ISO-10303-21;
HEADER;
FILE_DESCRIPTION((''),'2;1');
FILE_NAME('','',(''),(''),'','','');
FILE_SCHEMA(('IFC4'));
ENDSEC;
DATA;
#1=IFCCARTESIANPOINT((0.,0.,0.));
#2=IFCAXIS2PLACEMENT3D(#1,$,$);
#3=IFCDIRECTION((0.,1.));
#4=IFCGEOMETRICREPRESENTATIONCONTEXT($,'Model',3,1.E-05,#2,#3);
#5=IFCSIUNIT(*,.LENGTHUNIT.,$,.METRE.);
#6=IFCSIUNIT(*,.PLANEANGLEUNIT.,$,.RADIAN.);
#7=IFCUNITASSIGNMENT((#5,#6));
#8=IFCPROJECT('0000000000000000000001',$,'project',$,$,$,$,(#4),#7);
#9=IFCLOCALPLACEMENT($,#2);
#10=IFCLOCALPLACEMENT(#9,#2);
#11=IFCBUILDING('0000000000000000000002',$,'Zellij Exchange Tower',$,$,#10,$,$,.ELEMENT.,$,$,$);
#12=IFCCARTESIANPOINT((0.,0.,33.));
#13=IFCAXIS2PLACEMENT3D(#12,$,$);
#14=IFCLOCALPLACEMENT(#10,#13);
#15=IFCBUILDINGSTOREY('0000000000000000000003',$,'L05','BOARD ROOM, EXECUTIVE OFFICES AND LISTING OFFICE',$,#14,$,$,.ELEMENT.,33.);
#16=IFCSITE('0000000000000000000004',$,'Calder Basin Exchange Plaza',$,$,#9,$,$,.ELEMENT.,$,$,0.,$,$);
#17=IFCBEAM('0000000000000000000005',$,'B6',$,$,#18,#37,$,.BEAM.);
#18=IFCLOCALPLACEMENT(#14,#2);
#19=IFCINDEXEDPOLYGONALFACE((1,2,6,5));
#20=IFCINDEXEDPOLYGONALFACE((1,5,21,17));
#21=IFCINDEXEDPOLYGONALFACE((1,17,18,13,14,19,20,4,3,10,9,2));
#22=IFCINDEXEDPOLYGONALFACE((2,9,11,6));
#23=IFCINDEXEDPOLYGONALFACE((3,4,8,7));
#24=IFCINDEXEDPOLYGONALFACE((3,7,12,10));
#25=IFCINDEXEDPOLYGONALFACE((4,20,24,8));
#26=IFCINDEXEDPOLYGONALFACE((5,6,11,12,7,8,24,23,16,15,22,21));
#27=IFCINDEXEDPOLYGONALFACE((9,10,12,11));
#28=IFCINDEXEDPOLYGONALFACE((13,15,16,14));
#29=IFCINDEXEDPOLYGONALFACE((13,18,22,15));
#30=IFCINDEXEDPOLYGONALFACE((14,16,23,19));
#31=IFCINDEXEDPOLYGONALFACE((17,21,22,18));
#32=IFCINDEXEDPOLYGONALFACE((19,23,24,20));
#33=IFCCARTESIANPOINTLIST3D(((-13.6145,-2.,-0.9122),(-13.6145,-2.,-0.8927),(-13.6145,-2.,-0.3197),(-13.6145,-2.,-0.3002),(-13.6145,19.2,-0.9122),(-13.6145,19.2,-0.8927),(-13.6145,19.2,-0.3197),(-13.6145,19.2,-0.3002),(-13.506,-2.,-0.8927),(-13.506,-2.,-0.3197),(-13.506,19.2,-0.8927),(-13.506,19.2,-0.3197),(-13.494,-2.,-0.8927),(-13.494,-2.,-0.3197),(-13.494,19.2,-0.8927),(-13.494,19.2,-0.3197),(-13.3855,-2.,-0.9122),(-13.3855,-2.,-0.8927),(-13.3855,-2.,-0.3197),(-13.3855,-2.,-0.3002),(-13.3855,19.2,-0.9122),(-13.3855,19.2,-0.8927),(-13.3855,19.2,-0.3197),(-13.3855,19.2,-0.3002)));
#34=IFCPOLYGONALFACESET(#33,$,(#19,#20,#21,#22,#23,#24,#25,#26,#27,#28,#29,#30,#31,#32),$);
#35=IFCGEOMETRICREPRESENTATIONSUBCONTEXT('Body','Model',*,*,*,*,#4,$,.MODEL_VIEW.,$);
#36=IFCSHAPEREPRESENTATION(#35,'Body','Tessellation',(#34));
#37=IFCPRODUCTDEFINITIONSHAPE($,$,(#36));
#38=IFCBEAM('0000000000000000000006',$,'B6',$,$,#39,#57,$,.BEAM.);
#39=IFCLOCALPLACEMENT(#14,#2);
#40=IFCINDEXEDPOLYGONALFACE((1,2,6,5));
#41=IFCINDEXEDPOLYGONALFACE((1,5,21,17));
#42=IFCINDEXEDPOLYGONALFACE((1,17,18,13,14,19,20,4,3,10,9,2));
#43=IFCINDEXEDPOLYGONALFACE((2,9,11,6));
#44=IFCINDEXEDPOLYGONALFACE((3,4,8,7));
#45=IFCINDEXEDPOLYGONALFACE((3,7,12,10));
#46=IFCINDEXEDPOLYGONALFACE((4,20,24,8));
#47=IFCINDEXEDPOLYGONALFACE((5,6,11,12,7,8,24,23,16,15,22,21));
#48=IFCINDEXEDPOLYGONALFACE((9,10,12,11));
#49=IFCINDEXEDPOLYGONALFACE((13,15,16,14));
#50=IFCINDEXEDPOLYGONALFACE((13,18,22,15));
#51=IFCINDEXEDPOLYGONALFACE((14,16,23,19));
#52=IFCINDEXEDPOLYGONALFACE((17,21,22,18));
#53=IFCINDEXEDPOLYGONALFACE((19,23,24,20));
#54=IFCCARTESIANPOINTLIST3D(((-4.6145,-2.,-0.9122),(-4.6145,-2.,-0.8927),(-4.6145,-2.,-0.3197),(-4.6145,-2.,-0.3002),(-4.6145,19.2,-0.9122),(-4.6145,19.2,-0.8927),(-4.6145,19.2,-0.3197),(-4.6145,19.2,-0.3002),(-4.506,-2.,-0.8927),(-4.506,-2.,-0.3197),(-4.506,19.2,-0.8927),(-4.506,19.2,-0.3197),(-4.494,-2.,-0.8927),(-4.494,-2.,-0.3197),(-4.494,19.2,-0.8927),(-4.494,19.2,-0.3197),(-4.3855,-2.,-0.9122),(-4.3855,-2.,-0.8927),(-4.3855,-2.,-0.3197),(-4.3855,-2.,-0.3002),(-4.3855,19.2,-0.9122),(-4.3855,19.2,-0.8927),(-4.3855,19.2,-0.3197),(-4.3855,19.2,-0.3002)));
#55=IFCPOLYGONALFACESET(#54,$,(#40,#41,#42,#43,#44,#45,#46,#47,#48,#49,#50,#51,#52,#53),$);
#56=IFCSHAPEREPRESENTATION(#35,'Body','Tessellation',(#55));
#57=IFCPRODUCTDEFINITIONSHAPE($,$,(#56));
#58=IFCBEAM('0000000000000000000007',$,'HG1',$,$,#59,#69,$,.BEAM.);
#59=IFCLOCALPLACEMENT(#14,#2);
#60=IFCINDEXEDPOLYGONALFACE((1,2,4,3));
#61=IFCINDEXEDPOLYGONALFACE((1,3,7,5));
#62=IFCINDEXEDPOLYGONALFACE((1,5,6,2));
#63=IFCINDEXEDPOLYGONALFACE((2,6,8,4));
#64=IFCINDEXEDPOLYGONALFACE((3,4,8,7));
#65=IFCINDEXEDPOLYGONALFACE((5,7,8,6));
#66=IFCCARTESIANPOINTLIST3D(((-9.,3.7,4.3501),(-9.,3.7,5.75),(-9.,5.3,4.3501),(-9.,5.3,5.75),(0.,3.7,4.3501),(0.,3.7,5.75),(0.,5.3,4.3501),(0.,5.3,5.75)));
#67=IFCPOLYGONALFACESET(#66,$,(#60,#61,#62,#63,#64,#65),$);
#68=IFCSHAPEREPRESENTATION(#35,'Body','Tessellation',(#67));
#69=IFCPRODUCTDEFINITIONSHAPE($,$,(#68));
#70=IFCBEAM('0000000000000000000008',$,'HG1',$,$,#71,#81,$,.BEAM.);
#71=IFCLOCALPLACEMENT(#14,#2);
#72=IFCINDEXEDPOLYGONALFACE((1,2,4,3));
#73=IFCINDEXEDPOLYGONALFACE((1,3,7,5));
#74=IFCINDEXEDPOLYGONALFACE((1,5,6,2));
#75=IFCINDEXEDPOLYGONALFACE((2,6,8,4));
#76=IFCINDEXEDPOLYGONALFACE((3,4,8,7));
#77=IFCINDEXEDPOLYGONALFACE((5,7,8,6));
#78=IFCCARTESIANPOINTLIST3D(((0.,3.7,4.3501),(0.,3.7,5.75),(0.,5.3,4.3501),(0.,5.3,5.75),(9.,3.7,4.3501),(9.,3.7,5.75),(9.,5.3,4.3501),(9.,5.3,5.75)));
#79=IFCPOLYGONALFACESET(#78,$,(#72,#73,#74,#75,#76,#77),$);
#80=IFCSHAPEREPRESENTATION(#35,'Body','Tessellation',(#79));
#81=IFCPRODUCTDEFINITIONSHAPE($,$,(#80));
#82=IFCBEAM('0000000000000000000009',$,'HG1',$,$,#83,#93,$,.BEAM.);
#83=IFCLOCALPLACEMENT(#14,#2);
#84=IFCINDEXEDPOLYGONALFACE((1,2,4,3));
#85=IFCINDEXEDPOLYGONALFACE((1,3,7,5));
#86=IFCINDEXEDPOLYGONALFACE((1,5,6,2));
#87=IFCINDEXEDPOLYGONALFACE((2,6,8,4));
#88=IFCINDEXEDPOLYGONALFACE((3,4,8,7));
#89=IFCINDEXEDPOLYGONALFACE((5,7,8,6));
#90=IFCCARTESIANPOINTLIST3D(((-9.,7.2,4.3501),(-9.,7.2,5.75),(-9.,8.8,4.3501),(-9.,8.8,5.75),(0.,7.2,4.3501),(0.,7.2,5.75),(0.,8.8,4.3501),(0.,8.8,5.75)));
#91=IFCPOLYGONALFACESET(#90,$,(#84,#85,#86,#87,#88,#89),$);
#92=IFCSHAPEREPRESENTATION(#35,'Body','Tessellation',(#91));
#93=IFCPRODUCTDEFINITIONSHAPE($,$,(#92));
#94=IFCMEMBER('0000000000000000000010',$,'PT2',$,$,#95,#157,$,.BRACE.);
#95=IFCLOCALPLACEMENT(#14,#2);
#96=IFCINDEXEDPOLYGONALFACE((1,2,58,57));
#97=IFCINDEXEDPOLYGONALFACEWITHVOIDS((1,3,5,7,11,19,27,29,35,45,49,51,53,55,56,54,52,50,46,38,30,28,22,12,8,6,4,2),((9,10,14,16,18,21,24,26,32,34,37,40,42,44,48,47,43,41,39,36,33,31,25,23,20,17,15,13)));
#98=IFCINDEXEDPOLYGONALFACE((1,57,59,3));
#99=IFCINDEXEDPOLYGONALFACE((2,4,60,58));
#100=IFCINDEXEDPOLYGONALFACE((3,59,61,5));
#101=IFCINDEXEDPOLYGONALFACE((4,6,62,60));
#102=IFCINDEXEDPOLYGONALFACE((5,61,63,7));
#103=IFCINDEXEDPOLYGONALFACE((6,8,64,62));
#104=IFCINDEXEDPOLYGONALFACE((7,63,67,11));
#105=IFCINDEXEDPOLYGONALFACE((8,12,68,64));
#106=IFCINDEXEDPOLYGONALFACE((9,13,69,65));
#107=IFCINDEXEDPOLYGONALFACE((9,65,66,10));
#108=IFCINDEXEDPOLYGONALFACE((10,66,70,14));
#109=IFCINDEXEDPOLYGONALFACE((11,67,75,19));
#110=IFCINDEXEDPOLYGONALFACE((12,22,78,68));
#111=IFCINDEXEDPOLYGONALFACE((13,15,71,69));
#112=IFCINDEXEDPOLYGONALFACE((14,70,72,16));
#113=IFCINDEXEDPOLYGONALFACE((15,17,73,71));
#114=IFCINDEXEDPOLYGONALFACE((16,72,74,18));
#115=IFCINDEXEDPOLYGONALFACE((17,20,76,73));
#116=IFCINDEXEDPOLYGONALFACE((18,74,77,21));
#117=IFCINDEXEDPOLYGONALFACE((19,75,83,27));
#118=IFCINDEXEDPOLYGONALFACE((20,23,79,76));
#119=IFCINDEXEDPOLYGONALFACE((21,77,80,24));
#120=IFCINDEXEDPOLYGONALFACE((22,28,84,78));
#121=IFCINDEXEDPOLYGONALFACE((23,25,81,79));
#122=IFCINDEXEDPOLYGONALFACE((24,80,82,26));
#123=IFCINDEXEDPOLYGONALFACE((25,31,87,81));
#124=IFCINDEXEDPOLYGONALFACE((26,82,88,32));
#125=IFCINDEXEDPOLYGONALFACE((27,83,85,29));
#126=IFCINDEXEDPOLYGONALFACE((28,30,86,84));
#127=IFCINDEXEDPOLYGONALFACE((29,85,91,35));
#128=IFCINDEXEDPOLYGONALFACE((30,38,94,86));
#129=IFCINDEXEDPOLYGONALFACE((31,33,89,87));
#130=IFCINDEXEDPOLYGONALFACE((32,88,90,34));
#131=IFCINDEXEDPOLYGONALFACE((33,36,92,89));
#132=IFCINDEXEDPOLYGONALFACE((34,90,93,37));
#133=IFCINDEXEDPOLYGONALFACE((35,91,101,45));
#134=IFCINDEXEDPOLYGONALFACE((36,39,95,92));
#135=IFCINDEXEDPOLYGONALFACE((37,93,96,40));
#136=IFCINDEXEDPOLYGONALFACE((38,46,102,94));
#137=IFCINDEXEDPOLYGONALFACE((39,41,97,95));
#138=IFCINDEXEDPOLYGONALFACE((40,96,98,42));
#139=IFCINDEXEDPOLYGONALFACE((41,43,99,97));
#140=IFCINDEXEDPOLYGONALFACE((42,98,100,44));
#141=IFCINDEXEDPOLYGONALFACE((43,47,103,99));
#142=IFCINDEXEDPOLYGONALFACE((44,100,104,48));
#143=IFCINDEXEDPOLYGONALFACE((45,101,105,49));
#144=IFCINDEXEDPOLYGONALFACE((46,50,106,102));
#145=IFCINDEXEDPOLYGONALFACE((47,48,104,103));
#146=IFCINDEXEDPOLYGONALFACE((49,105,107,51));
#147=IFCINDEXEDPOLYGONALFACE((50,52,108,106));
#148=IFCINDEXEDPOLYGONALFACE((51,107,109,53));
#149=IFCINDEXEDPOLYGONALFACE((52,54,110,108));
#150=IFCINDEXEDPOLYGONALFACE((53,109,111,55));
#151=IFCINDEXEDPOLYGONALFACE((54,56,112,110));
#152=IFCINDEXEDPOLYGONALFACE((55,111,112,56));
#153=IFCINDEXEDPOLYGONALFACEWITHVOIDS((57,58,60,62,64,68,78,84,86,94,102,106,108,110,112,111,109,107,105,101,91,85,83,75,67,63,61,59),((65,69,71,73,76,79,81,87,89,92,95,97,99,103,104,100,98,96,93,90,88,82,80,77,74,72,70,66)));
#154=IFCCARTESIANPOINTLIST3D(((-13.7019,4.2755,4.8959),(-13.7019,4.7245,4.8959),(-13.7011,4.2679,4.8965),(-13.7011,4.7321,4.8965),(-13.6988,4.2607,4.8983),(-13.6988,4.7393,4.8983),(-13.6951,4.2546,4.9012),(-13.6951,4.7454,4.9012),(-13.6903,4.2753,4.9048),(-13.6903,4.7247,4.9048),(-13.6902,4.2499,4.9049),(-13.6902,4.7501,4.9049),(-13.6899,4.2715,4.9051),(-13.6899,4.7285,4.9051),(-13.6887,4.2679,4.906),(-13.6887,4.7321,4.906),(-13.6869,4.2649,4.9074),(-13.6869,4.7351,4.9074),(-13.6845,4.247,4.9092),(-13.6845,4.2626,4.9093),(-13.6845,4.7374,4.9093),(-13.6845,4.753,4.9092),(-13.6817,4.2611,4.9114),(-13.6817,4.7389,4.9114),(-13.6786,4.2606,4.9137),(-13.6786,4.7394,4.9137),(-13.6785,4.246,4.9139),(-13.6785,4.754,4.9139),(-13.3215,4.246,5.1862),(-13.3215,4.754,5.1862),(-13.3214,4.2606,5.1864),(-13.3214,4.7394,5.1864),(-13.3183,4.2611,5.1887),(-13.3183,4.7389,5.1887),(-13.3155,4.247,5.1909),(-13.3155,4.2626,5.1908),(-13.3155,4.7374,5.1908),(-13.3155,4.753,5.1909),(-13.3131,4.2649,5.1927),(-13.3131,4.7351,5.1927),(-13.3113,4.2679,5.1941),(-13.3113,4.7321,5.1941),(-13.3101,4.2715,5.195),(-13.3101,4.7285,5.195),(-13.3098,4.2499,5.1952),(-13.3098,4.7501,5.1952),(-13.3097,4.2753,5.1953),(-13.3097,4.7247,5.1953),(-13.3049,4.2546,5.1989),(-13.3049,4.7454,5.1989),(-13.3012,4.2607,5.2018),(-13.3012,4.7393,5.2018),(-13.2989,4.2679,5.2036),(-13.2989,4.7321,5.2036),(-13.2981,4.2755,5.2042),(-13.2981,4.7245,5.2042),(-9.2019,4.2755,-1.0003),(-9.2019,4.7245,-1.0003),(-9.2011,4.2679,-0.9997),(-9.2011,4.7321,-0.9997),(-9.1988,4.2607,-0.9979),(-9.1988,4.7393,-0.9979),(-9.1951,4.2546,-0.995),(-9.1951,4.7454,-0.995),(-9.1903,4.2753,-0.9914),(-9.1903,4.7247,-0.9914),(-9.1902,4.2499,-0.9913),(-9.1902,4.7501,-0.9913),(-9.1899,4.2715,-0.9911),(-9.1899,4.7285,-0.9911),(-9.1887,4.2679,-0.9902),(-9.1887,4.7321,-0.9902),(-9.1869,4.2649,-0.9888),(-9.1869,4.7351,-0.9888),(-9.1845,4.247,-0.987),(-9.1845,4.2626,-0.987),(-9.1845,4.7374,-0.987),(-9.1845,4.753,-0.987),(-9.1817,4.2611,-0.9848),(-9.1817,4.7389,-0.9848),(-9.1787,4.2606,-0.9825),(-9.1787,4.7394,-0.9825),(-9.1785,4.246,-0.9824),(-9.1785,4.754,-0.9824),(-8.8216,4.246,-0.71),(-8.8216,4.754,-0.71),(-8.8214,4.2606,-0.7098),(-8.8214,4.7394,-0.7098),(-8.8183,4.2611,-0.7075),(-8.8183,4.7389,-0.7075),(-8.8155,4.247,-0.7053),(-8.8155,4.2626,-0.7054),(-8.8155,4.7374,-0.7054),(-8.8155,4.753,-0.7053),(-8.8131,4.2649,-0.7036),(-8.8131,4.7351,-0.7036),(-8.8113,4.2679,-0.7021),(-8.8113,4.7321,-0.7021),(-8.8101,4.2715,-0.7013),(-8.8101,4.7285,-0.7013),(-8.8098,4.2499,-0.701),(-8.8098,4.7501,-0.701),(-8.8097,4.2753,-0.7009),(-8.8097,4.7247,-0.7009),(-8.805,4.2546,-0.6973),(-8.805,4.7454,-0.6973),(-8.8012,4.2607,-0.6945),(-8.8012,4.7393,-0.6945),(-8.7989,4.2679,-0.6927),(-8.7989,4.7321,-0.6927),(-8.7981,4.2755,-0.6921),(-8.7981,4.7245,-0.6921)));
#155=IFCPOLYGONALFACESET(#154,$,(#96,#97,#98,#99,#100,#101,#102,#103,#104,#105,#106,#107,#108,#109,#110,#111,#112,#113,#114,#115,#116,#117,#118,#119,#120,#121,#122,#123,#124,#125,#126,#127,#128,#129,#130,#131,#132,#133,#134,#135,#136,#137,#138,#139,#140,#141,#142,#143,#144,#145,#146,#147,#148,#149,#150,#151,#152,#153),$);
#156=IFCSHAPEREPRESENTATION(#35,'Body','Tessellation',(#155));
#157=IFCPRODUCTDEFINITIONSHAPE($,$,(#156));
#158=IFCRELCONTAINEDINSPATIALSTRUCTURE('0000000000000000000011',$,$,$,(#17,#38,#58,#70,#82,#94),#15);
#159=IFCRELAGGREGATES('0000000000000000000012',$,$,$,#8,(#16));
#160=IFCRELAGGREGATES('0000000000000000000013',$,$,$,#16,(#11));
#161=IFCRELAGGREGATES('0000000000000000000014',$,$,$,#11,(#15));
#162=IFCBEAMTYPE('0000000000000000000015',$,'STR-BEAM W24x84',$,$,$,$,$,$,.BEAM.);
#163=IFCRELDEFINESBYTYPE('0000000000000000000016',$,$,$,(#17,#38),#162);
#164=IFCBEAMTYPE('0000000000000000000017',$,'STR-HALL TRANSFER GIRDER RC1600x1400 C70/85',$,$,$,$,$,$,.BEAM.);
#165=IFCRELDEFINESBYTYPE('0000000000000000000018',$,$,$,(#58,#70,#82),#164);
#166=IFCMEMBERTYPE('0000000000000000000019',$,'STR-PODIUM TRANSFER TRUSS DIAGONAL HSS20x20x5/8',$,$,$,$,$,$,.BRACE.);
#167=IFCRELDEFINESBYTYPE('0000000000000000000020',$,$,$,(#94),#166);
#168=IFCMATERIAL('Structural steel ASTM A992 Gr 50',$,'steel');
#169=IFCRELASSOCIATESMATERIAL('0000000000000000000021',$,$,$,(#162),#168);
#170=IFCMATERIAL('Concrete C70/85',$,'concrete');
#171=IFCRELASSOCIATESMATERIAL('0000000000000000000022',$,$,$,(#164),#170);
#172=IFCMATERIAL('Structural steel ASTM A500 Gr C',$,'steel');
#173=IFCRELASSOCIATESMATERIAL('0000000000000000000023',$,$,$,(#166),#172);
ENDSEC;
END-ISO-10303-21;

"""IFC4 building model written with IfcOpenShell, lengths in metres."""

from ifc_helpers import new_model, si_unit, direction, frame, origin, origin_2d, place, context, subcontext, project, spatial, rectangle, hollow_rectangle, i_section, extrude, material, material_profile, profile_set, type_object, element, save


model = new_model("IFC4")

# Units and contexts
model_context = context("Model", 3, precision=1e-05, world=origin(), true_north=direction((0.0, 1.0)))
body_context = subcontext(model_context, "Body", "Model", "MODEL_VIEW")
ifc_project = project(units=[si_unit("LENGTHUNIT", "METRE"), si_unit("PLANEANGLEUNIT", "RADIAN")], contexts=[model_context])

# Site, building, storey
site_placement = place(None, origin())
site = spatial("IfcSite", under=ifc_project, at=site_placement, Name="Calder Basin Exchange Plaza", CompositionType="ELEMENT", RefElevation=0.0)
building_placement = place(site_placement, origin())
building = spatial("IfcBuilding", under=site, at=building_placement, Name="Zellij Exchange Tower", CompositionType="ELEMENT")
storey_placement = place(building_placement, frame((0.0, 0.0, 33.0)))
storey = spatial("IfcBuildingStorey", under=building, at=storey_placement, Name="L05", Description="BOARD ROOM, EXECUTIVE OFFICES AND LISTING OFFICE", CompositionType="ELEMENT", Elevation=33.0)

# Beams
ifc_material_1 = material(Name="Structural steel ASTM A992 Gr 50", Category="steel")
ifc_material_profile_1 = material_profile(ifc_material_1, i_section(OverallWidth=0.229, OverallDepth=0.6121, WebThickness=0.012, FlangeThickness=0.0195, at=origin_2d()), Name="W24x84")
ifc_profile_set_1 = profile_set([ifc_material_profile_1], Name="Structural steel ASTM A992 Gr 50")
beam_type_1 = type_object("IfcBeamType", Name="STR-BEAM W24x84", PredefinedType="BEAM", material=ifc_profile_set_1)
for number, where, z_axis, x_axis, name in (
    (1, (-13.5, -2.0, -0.6062), (0.0, 1.0, 0.0), (-1.0, 0.0, 0.0), "B6"),
    (2, (-4.5, -2.0, -0.6062), (0.0, 1.0, 0.0), (-1.0, 0.0, 0.0), "B6"),
):
    element("IfcBeam", number, at=place(storey_placement, frame(where, z_axis=z_axis, x_axis=x_axis)), inside=storey, type_object=beam_type_1, Name=name, PredefinedType="BEAM", context=body_context, shape_type="SweptSolid", body=[
        extrude(i_section(OverallWidth=0.229, OverallDepth=0.6121, WebThickness=0.012, FlangeThickness=0.0195, at=origin_2d()), origin(), (0.0, 0.0, 1.0), 21.2),
    ])
ifc_material_2 = material(Name="Concrete C70/85", Category="concrete")
ifc_material_profile_2 = material_profile(ifc_material_2, rectangle(XDim=1.6001, YDim=1.3999, at=origin_2d()), Name="STR-HALL TRANSFER GIRDER RC1600x1400 C70/85")
ifc_profile_set_2 = profile_set([ifc_material_profile_2], Name="Concrete C70/85")
beam_type_2 = type_object("IfcBeamType", Name="STR-HALL TRANSFER GIRDER RC1600x1400 C70/85", PredefinedType="BEAM", material=ifc_profile_set_2)
for number, where, z_axis, x_axis, name in (
    (3, (-9.0, 4.5, 5.05), (1.0, 0.0, 0.0), (0.0, 1.0, 0.0), "HG1"),
    (4, (0.0, 4.5, 5.05), (1.0, 0.0, 0.0), (0.0, 1.0, 0.0), "HG1"),
    (5, (-9.0, 8.0, 5.05), (1.0, 0.0, 0.0), (0.0, 1.0, 0.0), "HG1"),
):
    element("IfcBeam", number, at=place(storey_placement, frame(where, z_axis=z_axis, x_axis=x_axis)), inside=storey, type_object=beam_type_2, Name=name, PredefinedType="BEAM", context=body_context, shape_type="SweptSolid", body=[
        extrude(rectangle(XDim=1.6001, YDim=1.3999, at=origin_2d()), origin(), (0.0, 0.0, 1.0), 9.0),
    ])

# Member
ifc_material_3 = material(Name="Structural steel ASTM A500 Gr C", Category="steel")
ifc_material_profile_3 = material_profile(ifc_material_3, hollow_rectangle(XDim=0.5081, YDim=0.5081, WallThickness=0.0146, InnerFilletRadius=0.0146, OuterFilletRadius=0.0295, at=origin_2d()), Name="STR-PODIUM TRANSFER TRUSS DIAGONAL HSS20x20x5/8")
ifc_profile_set_3 = profile_set([ifc_material_profile_3], Name="Structural steel ASTM A500 Gr C")
member_type_1 = type_object("IfcMemberType", Name="STR-PODIUM TRANSFER TRUSS DIAGONAL HSS20x20x5/8", PredefinedType="BRACE", material=ifc_profile_set_3)
for number, where, z_axis, x_axis, name in (
    (6, (-13.5, 4.5, 5.05), (0.606694, 0.0, -0.794936), (0.0, 1.0, 0.0), "PT2"),
):
    element("IfcMember", number, at=place(storey_placement, frame(where, z_axis=z_axis, x_axis=x_axis)), inside=storey, type_object=member_type_1, Name=name, PredefinedType="BRACE", context=body_context, shape_type="SweptSolid", body=[
        extrude(hollow_rectangle(XDim=0.5081, YDim=0.5081, WallThickness=0.0146, InnerFilletRadius=0.0146, OuterFilletRadius=0.0295, at=origin_2d()), origin(), (0.0, 0.0, 1.0), 7.4172),
    ])

save(model, "model.ifc")
